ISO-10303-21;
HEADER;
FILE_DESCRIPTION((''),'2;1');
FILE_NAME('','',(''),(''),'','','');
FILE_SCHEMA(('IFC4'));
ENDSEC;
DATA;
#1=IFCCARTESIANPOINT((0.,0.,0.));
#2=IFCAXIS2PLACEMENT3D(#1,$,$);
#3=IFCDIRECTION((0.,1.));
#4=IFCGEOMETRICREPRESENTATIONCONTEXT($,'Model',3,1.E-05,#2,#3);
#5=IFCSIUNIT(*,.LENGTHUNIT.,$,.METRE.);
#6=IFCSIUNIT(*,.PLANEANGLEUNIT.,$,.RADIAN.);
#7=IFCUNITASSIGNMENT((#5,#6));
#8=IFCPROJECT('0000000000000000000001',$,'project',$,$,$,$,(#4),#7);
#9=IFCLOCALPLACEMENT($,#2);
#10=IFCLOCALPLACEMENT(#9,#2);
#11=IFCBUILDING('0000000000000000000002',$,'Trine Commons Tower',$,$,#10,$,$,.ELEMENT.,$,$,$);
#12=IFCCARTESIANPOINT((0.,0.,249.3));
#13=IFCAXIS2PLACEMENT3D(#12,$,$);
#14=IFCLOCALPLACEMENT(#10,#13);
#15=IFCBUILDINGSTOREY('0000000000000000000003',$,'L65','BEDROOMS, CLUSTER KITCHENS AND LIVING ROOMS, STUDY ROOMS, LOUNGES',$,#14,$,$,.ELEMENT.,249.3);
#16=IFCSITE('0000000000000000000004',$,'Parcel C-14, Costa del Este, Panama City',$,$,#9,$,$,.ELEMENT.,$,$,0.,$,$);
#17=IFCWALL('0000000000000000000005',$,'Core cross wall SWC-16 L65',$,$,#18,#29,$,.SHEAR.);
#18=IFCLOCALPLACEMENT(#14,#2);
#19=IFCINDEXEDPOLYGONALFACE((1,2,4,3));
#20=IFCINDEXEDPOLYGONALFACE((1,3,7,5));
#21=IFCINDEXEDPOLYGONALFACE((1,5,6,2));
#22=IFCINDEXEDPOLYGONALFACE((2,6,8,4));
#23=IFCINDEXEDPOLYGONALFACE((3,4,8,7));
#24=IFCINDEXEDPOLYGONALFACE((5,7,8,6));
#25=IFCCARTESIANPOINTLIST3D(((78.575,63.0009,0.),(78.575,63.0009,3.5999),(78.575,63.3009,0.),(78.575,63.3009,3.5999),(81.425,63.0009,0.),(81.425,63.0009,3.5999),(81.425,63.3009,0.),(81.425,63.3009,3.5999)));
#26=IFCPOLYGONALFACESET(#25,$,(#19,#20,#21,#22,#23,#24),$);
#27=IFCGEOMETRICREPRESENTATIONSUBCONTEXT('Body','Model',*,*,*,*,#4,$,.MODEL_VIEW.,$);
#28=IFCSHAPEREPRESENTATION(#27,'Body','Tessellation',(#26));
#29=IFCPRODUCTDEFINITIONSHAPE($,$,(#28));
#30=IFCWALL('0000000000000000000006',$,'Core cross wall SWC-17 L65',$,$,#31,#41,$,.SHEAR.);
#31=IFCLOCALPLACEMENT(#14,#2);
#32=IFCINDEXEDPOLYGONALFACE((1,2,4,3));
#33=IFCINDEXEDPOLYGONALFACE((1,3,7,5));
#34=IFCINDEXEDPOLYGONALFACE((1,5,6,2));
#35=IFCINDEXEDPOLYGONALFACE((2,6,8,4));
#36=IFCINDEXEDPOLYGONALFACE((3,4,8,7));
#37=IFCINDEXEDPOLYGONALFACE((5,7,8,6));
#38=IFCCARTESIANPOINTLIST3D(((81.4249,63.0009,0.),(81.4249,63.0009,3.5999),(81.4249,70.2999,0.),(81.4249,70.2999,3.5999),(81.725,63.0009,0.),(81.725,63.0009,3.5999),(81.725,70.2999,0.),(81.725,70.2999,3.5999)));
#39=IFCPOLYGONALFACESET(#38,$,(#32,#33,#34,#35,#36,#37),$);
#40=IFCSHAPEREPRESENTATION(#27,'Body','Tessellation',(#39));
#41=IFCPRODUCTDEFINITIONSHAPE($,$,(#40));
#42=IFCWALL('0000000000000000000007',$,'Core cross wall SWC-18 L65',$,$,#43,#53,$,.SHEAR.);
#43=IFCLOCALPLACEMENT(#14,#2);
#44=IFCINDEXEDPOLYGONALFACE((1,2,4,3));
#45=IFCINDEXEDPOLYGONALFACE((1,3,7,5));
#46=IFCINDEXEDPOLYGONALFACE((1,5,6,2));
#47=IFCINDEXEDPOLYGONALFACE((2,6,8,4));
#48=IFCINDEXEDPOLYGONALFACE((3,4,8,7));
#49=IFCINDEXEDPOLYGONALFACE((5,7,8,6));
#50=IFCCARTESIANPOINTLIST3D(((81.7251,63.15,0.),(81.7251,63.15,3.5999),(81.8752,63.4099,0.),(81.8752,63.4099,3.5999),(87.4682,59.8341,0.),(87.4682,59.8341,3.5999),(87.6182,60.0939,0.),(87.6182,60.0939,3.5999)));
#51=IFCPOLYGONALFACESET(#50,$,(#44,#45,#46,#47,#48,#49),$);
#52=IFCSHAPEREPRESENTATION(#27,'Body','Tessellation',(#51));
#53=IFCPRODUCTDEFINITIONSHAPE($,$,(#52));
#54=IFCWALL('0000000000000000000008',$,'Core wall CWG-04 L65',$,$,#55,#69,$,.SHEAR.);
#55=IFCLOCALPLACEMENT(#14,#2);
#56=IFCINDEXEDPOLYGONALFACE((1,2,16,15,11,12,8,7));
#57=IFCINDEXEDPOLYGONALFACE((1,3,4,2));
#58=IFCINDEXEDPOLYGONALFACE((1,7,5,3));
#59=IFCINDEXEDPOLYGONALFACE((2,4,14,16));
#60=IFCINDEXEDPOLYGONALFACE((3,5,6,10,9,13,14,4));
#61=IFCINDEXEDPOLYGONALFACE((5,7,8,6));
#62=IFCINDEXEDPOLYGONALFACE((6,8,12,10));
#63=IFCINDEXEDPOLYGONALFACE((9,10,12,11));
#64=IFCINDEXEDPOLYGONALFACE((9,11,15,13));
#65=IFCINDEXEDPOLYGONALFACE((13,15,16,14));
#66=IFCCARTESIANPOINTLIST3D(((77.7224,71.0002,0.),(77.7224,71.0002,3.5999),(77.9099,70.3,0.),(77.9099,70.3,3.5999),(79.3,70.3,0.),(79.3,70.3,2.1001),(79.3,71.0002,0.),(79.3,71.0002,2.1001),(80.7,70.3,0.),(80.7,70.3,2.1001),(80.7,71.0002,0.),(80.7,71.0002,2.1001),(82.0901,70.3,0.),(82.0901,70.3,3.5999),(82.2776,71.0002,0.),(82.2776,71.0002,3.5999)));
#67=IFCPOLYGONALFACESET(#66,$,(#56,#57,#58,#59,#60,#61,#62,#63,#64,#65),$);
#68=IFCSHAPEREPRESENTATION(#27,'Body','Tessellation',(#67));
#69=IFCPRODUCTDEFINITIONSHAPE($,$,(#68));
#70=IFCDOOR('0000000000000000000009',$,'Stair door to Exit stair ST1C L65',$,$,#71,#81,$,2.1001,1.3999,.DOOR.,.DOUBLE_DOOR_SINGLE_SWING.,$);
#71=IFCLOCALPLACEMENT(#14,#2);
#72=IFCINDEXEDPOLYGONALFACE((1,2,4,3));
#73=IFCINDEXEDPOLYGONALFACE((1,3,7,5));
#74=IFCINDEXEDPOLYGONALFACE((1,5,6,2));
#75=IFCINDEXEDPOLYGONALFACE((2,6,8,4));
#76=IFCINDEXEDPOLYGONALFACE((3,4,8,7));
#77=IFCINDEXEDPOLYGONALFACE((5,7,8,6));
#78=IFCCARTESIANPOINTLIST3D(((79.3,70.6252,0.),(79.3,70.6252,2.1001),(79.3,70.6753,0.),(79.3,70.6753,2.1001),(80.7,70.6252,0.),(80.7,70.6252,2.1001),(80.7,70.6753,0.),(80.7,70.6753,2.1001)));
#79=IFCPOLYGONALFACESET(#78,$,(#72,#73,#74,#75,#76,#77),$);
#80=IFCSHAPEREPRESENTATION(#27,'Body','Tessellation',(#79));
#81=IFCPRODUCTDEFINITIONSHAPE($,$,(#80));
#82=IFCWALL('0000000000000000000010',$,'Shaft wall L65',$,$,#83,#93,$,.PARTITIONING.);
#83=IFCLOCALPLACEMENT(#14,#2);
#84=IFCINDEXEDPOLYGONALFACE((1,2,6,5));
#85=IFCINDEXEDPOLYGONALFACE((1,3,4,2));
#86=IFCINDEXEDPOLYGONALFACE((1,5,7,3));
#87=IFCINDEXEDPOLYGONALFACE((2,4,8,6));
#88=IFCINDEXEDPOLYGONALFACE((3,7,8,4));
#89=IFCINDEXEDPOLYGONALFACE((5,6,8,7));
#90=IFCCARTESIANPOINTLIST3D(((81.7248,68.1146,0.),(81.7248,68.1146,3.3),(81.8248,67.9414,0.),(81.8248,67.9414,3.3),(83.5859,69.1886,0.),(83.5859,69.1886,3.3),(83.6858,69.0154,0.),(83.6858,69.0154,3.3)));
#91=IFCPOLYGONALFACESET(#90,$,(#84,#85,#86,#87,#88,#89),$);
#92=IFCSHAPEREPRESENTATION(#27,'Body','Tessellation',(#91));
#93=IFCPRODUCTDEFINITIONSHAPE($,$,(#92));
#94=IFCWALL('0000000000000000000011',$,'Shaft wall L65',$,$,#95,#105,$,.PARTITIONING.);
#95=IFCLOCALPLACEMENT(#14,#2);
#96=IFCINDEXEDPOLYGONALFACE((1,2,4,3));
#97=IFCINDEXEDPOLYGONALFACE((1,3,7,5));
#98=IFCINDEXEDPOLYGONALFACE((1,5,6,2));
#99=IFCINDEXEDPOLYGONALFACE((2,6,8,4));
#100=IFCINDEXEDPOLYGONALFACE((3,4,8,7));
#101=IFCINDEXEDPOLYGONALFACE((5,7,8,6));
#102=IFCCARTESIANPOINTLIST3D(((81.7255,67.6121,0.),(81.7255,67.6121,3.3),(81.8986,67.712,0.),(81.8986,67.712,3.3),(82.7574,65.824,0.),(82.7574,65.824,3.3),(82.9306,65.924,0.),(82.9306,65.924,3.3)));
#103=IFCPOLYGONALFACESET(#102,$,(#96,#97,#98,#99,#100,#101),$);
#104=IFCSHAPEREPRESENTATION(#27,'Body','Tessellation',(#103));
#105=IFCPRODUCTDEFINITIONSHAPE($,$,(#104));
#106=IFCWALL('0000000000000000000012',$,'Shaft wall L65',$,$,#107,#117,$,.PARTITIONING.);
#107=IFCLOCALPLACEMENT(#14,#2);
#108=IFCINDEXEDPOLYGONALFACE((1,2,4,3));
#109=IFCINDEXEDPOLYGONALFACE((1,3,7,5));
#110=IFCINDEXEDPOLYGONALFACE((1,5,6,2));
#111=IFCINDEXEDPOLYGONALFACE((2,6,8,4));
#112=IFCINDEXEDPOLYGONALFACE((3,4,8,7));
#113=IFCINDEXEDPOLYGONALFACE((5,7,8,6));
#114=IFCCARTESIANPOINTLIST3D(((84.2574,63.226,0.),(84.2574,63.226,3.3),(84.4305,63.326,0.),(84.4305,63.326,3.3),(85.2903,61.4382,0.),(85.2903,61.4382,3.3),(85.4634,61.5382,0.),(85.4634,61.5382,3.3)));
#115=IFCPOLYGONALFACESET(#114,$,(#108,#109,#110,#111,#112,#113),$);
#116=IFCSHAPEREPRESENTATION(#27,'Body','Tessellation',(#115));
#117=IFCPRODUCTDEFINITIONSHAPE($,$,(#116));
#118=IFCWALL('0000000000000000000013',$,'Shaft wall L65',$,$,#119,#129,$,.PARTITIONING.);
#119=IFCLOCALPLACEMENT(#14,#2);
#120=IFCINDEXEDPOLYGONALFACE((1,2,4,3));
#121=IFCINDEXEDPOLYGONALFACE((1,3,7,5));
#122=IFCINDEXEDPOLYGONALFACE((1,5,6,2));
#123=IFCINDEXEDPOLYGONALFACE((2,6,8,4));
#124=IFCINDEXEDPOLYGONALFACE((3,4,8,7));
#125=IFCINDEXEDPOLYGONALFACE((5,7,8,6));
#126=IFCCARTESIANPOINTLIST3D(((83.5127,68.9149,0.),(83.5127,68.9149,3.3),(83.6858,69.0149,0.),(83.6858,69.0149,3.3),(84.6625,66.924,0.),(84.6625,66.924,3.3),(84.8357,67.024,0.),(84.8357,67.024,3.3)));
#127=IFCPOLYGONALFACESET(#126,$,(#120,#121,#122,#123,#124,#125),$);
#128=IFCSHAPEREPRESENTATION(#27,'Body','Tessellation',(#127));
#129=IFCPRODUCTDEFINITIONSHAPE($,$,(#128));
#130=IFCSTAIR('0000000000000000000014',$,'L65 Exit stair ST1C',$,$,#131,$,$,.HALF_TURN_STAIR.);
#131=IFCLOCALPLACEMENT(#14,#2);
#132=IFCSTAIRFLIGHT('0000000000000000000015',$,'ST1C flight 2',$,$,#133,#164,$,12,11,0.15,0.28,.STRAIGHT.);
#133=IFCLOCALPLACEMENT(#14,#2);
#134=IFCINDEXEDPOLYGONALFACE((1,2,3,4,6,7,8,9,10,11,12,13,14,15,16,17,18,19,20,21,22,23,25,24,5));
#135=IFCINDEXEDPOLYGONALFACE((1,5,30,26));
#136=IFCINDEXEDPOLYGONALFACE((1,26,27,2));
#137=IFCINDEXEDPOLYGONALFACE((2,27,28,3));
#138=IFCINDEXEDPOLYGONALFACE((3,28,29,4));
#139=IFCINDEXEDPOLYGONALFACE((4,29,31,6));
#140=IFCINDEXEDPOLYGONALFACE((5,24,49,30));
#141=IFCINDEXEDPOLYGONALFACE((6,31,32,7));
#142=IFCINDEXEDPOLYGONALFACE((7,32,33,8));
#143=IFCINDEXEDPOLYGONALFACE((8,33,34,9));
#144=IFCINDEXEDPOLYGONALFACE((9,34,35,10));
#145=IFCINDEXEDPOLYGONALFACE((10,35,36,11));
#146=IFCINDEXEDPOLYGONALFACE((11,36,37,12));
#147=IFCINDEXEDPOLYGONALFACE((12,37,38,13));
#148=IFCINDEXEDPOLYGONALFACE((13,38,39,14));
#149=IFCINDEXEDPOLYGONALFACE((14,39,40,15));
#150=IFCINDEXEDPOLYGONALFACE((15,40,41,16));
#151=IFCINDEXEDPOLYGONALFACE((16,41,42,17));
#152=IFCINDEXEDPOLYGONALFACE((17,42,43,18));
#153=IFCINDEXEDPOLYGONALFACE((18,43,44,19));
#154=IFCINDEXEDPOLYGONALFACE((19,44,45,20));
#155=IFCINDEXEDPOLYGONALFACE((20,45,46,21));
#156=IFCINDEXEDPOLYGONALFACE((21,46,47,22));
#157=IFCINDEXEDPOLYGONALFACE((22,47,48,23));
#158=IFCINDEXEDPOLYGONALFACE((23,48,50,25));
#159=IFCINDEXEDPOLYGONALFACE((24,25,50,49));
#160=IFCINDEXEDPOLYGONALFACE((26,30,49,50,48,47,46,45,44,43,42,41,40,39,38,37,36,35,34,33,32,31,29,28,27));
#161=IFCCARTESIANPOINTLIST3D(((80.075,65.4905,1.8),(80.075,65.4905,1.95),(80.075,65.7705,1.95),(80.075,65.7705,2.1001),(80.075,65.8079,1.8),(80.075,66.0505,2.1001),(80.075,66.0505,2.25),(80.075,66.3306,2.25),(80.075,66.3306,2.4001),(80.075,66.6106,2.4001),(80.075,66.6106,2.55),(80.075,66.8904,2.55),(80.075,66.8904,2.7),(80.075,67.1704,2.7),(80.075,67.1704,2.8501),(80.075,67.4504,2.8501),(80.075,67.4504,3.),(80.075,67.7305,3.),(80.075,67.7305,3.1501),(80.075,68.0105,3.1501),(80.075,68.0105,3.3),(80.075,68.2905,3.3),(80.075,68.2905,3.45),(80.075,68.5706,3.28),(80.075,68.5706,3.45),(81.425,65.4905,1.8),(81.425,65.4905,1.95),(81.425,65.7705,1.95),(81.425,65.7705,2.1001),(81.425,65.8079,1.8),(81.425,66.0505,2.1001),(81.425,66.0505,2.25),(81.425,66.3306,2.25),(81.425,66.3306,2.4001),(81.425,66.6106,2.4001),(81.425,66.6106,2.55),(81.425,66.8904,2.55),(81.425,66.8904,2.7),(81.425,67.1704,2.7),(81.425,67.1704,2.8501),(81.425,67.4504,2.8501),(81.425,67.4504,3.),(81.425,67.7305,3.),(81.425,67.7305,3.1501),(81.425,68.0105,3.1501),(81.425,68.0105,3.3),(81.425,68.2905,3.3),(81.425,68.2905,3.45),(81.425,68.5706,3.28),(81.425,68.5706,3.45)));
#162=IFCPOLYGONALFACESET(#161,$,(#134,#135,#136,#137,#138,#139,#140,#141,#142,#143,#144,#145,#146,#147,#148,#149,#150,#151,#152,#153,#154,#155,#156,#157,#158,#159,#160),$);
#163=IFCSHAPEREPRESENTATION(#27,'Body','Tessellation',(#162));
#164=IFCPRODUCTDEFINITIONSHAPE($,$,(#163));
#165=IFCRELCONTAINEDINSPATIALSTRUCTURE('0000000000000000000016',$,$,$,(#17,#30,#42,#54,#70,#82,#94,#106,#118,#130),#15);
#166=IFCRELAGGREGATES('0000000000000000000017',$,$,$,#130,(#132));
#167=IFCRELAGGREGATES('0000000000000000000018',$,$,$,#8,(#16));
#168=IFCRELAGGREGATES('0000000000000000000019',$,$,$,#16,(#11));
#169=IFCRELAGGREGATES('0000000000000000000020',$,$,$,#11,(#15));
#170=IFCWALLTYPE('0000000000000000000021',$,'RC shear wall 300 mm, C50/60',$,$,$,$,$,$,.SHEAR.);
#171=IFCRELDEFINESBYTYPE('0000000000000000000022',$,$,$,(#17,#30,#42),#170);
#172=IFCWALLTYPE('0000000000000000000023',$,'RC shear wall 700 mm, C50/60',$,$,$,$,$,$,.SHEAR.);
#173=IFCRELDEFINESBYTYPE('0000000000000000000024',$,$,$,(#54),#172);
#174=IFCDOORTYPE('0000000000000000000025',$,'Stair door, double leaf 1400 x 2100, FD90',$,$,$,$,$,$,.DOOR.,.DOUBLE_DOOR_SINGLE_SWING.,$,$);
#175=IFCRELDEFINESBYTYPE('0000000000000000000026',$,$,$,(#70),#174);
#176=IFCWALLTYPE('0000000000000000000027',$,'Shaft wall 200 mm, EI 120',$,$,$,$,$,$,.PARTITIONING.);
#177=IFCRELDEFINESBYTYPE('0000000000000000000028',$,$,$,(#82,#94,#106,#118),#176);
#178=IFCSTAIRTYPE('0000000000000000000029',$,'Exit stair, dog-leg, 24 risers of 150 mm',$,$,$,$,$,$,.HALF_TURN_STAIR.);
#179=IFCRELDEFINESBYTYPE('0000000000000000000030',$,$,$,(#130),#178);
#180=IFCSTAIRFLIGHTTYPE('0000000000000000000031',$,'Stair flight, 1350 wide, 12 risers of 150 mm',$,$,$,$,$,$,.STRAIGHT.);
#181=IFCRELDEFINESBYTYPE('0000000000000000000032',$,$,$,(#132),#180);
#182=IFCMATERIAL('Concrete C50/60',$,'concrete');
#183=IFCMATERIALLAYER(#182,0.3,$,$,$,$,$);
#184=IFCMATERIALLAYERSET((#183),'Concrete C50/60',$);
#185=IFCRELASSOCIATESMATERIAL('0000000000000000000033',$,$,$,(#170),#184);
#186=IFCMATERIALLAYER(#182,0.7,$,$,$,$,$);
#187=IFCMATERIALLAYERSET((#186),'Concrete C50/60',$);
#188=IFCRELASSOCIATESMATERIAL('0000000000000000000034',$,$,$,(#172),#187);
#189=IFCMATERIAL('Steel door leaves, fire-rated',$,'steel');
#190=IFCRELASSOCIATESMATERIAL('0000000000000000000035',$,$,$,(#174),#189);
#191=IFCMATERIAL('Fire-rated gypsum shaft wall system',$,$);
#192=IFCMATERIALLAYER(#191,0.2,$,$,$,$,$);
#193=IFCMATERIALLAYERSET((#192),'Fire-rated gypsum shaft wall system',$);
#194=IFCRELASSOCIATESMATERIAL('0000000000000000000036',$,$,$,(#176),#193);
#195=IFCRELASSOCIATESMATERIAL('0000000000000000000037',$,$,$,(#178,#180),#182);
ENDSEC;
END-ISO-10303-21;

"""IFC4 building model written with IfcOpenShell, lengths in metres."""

from ifc_helpers import new_model, si_unit, direction, frame, frame_2d, origin, place, context, subcontext, project, spatial, polyline, rectangle, outline, extrude, material, layer, layer_set, type_object, element, fill, aggregate, save


model = new_model("IFC4")

# Units and contexts
model_context = context("Model", 3, precision=1e-05, world=origin(), true_north=direction((0.0, 1.0)))
body_context = subcontext(model_context, "Body", "Model", "MODEL_VIEW")
ifc_project = project(units=[si_unit("LENGTHUNIT", "METRE"), si_unit("PLANEANGLEUNIT", "RADIAN")], contexts=[model_context])

# Site, building, storey
site_placement = place(None, origin())
site = spatial("IfcSite", under=ifc_project, at=site_placement, Name="Parcel C-14, Costa del Este, Panama City", CompositionType="ELEMENT", RefElevation=0.0)
building_placement = place(site_placement, origin())
building = spatial("IfcBuilding", under=site, at=building_placement, Name="Trine Commons Tower", CompositionType="ELEMENT")
storey_placement = place(building_placement, frame((0.0, 0.0, 249.3)))
storey = spatial("IfcBuildingStorey", under=building, at=storey_placement, Name="L65", Description="BEDROOMS, CLUSTER KITCHENS AND LIVING ROOMS, STUDY ROOMS, LOUNGES", CompositionType="ELEMENT", Elevation=249.3)

# Shared definitions
ifc_material_1 = material(Name="Fire-rated gypsum shaft wall system")
ifc_material_2 = material(Name="Concrete C50/60", Category="concrete")
ifc_layer_1 = layer(ifc_material_2, 0.3)
ifc_layer_set_1 = layer_set([ifc_layer_1], Name="Concrete C50/60")
wall_type_1 = type_object("IfcWallType", Name="RC shear wall 300 mm, C50/60", PredefinedType="SHEAR", material=ifc_layer_set_1)

# Walls
wall_1_placement = place(storey_placement, frame((81.425, 63.1509, 0.0), z_axis=(0.0, 0.0, 1.0), x_axis=(-1.0, 0.0, 0.0)))
element("IfcWall", 1, at=wall_1_placement, inside=storey, type_object=wall_type_1, Name="Core cross wall SWC-16 L65", PredefinedType="SHEAR", context=body_context, shape_type="SweptSolid", body=[
    extrude(rectangle(XDim=2.8501, YDim=0.3, at=frame_2d((1.425, 0.0))), origin(), (0.0, 0.0, 1.0), 3.5999),
])
wall_2_placement = place(storey_placement, frame((81.575, 63.001, 0.0), z_axis=(0.0, 0.0, 1.0), x_axis=(0.0, 1.0, 0.0)))
element("IfcWall", 2, at=wall_2_placement, inside=storey, type_object=wall_type_1, Name="Core cross wall SWC-17 L65", PredefinedType="SHEAR", context=body_context, shape_type="SweptSolid", body=[
    extrude(rectangle(XDim=7.2991, YDim=0.3, at=frame_2d((3.6494, 0.0))), origin(), (0.0, 0.0, 1.0), 3.5999),
])
wall_3_placement = place(storey_placement, frame((81.8, 63.28, 0.0), z_axis=(0.0, 0.0, 1.0), x_axis=(0.86601, -0.500027, 0.0)))
element("IfcWall", 3, at=wall_3_placement, inside=storey, type_object=wall_type_1, Name="Core cross wall SWC-18 L65", PredefinedType="SHEAR", context=body_context, shape_type="SweptSolid", body=[
    extrude(rectangle(XDim=6.6316, YDim=0.3, at=frame_2d((3.3159, 0.0))), origin(), (0.0, 0.0, 1.0), 3.5999),
])

# Wall, opening, door
ifc_layer_2 = layer(ifc_material_2, 0.7)
ifc_layer_set_2 = layer_set([ifc_layer_2], Name="Concrete C50/60")
wall_type_2 = type_object("IfcWallType", Name="RC shear wall 700 mm, C50/60", PredefinedType="SHEAR", material=ifc_layer_set_2)
wall_4_placement = place(storey_placement, frame((82.2776, 70.6501, 0.0), z_axis=(0.0, 0.0, 1.0), x_axis=(-1.0, 0.0, 0.0)))
wall_4 = element("IfcWall", 4, at=wall_4_placement, inside=storey, type_object=wall_type_2, Name="Core wall CWG-04 L65", PredefinedType="SHEAR", context=body_context, shape_type="SweptSolid", body=[
    extrude(outline(polyline([(0.0, -0.3501), (4.5552, -0.3501), (4.3677, 0.3501), (0.1875, 0.3501), (0.0, -0.3501)])), origin(), (0.0, 0.0, 1.0), 3.5999),
])
opening_1_placement = place(wall_4_placement, frame((1.5776, 0.0, 0.0)))
opening_1 = element("IfcOpeningElement", 5, at=opening_1_placement, cuts=wall_4, PredefinedType="OPENING", context=body_context, shape_type="SweptSolid", body=[
    extrude(rectangle(XDim=1.3999, YDim=2.1001, at=frame_2d((0.7, 1.05))), frame((0.0, 0.3599, 0.0), z_axis=(0.0, -1.0, 0.0), x_axis=(1.0, 0.0, 0.0)), (0.0, 0.0, 1.0), 0.72),
])
ifc_material_3 = material(Name="Steel door leaves, fire-rated", Category="steel")
door_type_1 = type_object("IfcDoorType", Name="Stair door, double leaf 1400 x 2100, FD90", OperationType="DOUBLE_DOOR_SINGLE_SWING", PredefinedType="DOOR", material=ifc_material_3)
door_1_placement = place(opening_1_placement, origin())
door_1 = element("IfcDoor", 6, at=door_1_placement, inside=storey, type_object=door_type_1, Name="Stair door to Exit stair ST1C L65", OperationType="DOUBLE_DOOR_SINGLE_SWING", OverallHeight=2.1001, OverallWidth=1.3999, PredefinedType="DOOR", context=body_context, shape_type="SweptSolid", body=[
    extrude(rectangle(XDim=1.3999, YDim=2.1001, at=frame_2d((0.7, 1.05))), frame((0.0, 0.0249, 0.0), z_axis=(0.0, -1.0, 0.0), x_axis=(1.0, 0.0, 0.0)), (0.0, 0.0, 1.0), 0.05),
])
fill(opening_1, door_1)

# Walls
ifc_layer_3 = layer(ifc_material_1, 0.2)
ifc_layer_set_3 = layer_set([ifc_layer_3], Name="Fire-rated gypsum shaft wall system")
wall_type_3 = type_object("IfcWallType", Name="Shaft wall 200 mm, EI 120", PredefinedType="PARTITIONING", material=ifc_layer_set_3)
wall_5_placement = place(storey_placement, frame((81.7749, 68.0281, 0.0), z_axis=(0.0, 0.0, 1.0), x_axis=(0.866131, 0.499818, 0.0)))
element("IfcWall", 7, at=wall_5_placement, inside=storey, type_object=wall_type_3, Name="Shaft wall L65", PredefinedType="PARTITIONING", context=body_context, shape_type="SweptSolid", body=[
    extrude(rectangle(XDim=2.1487, YDim=0.2, at=frame_2d((1.0742, 0.0))), origin(), (0.0, 0.0, 1.0), 3.3),
])
wall_6_placement = place(storey_placement, frame((82.844, 65.874, 0.0), z_axis=(0.0, 0.0, 1.0), x_axis=(-0.499866, 0.866103, 0.0)))
element("IfcWall", 8, at=wall_6_placement, inside=storey, type_object=wall_type_3, Name="Shaft wall L65", PredefinedType="PARTITIONING", context=body_context, shape_type="SweptSolid", body=[
    extrude(rectangle(XDim=2.0645, YDim=0.2, at=frame_2d((1.0322, 0.0))), origin(), (0.0, 0.0, 1.0), 3.3),
])
wall_7_placement = place(storey_placement, frame((84.344, 63.2759, 0.0), z_axis=(0.0, 0.0, 1.0), x_axis=(0.500272, -0.865868, 0.0)))
element("IfcWall", 9, at=wall_7_placement, inside=storey, type_object=wall_type_3, Name="Shaft wall L65", PredefinedType="PARTITIONING", context=body_context, shape_type="SweptSolid", body=[
    extrude(rectangle(XDim=2.0647, YDim=0.2, at=frame_2d((1.0322, 0.0))), origin(), (0.0, 0.0, 1.0), 3.3),
])
wall_8_placement = place(storey_placement, frame((84.749, 66.9741, 0.0), z_axis=(0.0, 0.0, 1.0), x_axis=(-0.500136, 0.865947, 0.0)))
element("IfcWall", 10, at=wall_8_placement, inside=storey, type_object=wall_type_3, Name="Shaft wall L65", PredefinedType="PARTITIONING", context=body_context, shape_type="SweptSolid", body=[
    extrude(rectangle(XDim=2.2991, YDim=0.2, at=frame_2d((1.1494, 0.0))), origin(), (0.0, 0.0, 1.0), 3.3),
])

# Stair, stair flight
stair_type = type_object("IfcStairType", Name="Exit stair, dog-leg, 24 risers of 150 mm", PredefinedType="HALF_TURN_STAIR", material=ifc_material_2)
stair_placement = place(storey_placement, origin())
stair = element("IfcStair", 11, at=stair_placement, inside=storey, type_object=stair_type, Name="L65 Exit stair ST1C", PredefinedType="HALF_TURN_STAIR")
stair_flight_type = type_object("IfcStairFlightType", Name="Stair flight, 1350 wide, 12 risers of 150 mm", PredefinedType="STRAIGHT", material=ifc_material_2)
stair_flight_placement = place(storey_placement, frame((80.75, 65.4905, 1.8), z_axis=(0.0, 0.0, 1.0), x_axis=(0.0, 1.0, 0.0)))
stair_flight = element("IfcStairFlight", 12, at=stair_flight_placement, type_object=stair_flight_type, Name="ST1C flight 2", NumberOfRisers=12, NumberOfTreads=11, PredefinedType="STRAIGHT", RiserHeight=0.15, TreadLength=0.28, context=body_context, shape_type="SweptSolid", body=[
    extrude(outline(polyline([(0.0, 0.0), (0.0, 0.1499), (0.28, 0.1499), (0.28, 0.3), (0.5601, 0.3), (0.5601, 0.45), (0.8401, 0.45), (0.8401, 0.6001), (1.1201, 0.6001), (1.1201, 0.75), (1.3999, 0.75), (1.3999, 0.8999), (1.6799, 0.8999), (1.6799, 1.05), (1.96, 1.05), (1.96, 1.2), (2.24, 1.2), (2.24, 1.3501), (2.52, 1.3501), (2.52, 1.5), (2.8, 1.5), (2.8, 1.6499), (3.0801, 1.6499), (3.0801, 1.8), (3.0801, 1.48), (0.3174, 0.0), (0.0, 0.0)])), frame((0.0, 0.675, 0.0), z_axis=(0.0, -1.0, 0.0), x_axis=(1.0, 0.0, 0.0)), (0.0, 0.0, 1.0), 1.3501),
])
aggregate(stair, [stair_flight])

save(model, "model.ifc")
